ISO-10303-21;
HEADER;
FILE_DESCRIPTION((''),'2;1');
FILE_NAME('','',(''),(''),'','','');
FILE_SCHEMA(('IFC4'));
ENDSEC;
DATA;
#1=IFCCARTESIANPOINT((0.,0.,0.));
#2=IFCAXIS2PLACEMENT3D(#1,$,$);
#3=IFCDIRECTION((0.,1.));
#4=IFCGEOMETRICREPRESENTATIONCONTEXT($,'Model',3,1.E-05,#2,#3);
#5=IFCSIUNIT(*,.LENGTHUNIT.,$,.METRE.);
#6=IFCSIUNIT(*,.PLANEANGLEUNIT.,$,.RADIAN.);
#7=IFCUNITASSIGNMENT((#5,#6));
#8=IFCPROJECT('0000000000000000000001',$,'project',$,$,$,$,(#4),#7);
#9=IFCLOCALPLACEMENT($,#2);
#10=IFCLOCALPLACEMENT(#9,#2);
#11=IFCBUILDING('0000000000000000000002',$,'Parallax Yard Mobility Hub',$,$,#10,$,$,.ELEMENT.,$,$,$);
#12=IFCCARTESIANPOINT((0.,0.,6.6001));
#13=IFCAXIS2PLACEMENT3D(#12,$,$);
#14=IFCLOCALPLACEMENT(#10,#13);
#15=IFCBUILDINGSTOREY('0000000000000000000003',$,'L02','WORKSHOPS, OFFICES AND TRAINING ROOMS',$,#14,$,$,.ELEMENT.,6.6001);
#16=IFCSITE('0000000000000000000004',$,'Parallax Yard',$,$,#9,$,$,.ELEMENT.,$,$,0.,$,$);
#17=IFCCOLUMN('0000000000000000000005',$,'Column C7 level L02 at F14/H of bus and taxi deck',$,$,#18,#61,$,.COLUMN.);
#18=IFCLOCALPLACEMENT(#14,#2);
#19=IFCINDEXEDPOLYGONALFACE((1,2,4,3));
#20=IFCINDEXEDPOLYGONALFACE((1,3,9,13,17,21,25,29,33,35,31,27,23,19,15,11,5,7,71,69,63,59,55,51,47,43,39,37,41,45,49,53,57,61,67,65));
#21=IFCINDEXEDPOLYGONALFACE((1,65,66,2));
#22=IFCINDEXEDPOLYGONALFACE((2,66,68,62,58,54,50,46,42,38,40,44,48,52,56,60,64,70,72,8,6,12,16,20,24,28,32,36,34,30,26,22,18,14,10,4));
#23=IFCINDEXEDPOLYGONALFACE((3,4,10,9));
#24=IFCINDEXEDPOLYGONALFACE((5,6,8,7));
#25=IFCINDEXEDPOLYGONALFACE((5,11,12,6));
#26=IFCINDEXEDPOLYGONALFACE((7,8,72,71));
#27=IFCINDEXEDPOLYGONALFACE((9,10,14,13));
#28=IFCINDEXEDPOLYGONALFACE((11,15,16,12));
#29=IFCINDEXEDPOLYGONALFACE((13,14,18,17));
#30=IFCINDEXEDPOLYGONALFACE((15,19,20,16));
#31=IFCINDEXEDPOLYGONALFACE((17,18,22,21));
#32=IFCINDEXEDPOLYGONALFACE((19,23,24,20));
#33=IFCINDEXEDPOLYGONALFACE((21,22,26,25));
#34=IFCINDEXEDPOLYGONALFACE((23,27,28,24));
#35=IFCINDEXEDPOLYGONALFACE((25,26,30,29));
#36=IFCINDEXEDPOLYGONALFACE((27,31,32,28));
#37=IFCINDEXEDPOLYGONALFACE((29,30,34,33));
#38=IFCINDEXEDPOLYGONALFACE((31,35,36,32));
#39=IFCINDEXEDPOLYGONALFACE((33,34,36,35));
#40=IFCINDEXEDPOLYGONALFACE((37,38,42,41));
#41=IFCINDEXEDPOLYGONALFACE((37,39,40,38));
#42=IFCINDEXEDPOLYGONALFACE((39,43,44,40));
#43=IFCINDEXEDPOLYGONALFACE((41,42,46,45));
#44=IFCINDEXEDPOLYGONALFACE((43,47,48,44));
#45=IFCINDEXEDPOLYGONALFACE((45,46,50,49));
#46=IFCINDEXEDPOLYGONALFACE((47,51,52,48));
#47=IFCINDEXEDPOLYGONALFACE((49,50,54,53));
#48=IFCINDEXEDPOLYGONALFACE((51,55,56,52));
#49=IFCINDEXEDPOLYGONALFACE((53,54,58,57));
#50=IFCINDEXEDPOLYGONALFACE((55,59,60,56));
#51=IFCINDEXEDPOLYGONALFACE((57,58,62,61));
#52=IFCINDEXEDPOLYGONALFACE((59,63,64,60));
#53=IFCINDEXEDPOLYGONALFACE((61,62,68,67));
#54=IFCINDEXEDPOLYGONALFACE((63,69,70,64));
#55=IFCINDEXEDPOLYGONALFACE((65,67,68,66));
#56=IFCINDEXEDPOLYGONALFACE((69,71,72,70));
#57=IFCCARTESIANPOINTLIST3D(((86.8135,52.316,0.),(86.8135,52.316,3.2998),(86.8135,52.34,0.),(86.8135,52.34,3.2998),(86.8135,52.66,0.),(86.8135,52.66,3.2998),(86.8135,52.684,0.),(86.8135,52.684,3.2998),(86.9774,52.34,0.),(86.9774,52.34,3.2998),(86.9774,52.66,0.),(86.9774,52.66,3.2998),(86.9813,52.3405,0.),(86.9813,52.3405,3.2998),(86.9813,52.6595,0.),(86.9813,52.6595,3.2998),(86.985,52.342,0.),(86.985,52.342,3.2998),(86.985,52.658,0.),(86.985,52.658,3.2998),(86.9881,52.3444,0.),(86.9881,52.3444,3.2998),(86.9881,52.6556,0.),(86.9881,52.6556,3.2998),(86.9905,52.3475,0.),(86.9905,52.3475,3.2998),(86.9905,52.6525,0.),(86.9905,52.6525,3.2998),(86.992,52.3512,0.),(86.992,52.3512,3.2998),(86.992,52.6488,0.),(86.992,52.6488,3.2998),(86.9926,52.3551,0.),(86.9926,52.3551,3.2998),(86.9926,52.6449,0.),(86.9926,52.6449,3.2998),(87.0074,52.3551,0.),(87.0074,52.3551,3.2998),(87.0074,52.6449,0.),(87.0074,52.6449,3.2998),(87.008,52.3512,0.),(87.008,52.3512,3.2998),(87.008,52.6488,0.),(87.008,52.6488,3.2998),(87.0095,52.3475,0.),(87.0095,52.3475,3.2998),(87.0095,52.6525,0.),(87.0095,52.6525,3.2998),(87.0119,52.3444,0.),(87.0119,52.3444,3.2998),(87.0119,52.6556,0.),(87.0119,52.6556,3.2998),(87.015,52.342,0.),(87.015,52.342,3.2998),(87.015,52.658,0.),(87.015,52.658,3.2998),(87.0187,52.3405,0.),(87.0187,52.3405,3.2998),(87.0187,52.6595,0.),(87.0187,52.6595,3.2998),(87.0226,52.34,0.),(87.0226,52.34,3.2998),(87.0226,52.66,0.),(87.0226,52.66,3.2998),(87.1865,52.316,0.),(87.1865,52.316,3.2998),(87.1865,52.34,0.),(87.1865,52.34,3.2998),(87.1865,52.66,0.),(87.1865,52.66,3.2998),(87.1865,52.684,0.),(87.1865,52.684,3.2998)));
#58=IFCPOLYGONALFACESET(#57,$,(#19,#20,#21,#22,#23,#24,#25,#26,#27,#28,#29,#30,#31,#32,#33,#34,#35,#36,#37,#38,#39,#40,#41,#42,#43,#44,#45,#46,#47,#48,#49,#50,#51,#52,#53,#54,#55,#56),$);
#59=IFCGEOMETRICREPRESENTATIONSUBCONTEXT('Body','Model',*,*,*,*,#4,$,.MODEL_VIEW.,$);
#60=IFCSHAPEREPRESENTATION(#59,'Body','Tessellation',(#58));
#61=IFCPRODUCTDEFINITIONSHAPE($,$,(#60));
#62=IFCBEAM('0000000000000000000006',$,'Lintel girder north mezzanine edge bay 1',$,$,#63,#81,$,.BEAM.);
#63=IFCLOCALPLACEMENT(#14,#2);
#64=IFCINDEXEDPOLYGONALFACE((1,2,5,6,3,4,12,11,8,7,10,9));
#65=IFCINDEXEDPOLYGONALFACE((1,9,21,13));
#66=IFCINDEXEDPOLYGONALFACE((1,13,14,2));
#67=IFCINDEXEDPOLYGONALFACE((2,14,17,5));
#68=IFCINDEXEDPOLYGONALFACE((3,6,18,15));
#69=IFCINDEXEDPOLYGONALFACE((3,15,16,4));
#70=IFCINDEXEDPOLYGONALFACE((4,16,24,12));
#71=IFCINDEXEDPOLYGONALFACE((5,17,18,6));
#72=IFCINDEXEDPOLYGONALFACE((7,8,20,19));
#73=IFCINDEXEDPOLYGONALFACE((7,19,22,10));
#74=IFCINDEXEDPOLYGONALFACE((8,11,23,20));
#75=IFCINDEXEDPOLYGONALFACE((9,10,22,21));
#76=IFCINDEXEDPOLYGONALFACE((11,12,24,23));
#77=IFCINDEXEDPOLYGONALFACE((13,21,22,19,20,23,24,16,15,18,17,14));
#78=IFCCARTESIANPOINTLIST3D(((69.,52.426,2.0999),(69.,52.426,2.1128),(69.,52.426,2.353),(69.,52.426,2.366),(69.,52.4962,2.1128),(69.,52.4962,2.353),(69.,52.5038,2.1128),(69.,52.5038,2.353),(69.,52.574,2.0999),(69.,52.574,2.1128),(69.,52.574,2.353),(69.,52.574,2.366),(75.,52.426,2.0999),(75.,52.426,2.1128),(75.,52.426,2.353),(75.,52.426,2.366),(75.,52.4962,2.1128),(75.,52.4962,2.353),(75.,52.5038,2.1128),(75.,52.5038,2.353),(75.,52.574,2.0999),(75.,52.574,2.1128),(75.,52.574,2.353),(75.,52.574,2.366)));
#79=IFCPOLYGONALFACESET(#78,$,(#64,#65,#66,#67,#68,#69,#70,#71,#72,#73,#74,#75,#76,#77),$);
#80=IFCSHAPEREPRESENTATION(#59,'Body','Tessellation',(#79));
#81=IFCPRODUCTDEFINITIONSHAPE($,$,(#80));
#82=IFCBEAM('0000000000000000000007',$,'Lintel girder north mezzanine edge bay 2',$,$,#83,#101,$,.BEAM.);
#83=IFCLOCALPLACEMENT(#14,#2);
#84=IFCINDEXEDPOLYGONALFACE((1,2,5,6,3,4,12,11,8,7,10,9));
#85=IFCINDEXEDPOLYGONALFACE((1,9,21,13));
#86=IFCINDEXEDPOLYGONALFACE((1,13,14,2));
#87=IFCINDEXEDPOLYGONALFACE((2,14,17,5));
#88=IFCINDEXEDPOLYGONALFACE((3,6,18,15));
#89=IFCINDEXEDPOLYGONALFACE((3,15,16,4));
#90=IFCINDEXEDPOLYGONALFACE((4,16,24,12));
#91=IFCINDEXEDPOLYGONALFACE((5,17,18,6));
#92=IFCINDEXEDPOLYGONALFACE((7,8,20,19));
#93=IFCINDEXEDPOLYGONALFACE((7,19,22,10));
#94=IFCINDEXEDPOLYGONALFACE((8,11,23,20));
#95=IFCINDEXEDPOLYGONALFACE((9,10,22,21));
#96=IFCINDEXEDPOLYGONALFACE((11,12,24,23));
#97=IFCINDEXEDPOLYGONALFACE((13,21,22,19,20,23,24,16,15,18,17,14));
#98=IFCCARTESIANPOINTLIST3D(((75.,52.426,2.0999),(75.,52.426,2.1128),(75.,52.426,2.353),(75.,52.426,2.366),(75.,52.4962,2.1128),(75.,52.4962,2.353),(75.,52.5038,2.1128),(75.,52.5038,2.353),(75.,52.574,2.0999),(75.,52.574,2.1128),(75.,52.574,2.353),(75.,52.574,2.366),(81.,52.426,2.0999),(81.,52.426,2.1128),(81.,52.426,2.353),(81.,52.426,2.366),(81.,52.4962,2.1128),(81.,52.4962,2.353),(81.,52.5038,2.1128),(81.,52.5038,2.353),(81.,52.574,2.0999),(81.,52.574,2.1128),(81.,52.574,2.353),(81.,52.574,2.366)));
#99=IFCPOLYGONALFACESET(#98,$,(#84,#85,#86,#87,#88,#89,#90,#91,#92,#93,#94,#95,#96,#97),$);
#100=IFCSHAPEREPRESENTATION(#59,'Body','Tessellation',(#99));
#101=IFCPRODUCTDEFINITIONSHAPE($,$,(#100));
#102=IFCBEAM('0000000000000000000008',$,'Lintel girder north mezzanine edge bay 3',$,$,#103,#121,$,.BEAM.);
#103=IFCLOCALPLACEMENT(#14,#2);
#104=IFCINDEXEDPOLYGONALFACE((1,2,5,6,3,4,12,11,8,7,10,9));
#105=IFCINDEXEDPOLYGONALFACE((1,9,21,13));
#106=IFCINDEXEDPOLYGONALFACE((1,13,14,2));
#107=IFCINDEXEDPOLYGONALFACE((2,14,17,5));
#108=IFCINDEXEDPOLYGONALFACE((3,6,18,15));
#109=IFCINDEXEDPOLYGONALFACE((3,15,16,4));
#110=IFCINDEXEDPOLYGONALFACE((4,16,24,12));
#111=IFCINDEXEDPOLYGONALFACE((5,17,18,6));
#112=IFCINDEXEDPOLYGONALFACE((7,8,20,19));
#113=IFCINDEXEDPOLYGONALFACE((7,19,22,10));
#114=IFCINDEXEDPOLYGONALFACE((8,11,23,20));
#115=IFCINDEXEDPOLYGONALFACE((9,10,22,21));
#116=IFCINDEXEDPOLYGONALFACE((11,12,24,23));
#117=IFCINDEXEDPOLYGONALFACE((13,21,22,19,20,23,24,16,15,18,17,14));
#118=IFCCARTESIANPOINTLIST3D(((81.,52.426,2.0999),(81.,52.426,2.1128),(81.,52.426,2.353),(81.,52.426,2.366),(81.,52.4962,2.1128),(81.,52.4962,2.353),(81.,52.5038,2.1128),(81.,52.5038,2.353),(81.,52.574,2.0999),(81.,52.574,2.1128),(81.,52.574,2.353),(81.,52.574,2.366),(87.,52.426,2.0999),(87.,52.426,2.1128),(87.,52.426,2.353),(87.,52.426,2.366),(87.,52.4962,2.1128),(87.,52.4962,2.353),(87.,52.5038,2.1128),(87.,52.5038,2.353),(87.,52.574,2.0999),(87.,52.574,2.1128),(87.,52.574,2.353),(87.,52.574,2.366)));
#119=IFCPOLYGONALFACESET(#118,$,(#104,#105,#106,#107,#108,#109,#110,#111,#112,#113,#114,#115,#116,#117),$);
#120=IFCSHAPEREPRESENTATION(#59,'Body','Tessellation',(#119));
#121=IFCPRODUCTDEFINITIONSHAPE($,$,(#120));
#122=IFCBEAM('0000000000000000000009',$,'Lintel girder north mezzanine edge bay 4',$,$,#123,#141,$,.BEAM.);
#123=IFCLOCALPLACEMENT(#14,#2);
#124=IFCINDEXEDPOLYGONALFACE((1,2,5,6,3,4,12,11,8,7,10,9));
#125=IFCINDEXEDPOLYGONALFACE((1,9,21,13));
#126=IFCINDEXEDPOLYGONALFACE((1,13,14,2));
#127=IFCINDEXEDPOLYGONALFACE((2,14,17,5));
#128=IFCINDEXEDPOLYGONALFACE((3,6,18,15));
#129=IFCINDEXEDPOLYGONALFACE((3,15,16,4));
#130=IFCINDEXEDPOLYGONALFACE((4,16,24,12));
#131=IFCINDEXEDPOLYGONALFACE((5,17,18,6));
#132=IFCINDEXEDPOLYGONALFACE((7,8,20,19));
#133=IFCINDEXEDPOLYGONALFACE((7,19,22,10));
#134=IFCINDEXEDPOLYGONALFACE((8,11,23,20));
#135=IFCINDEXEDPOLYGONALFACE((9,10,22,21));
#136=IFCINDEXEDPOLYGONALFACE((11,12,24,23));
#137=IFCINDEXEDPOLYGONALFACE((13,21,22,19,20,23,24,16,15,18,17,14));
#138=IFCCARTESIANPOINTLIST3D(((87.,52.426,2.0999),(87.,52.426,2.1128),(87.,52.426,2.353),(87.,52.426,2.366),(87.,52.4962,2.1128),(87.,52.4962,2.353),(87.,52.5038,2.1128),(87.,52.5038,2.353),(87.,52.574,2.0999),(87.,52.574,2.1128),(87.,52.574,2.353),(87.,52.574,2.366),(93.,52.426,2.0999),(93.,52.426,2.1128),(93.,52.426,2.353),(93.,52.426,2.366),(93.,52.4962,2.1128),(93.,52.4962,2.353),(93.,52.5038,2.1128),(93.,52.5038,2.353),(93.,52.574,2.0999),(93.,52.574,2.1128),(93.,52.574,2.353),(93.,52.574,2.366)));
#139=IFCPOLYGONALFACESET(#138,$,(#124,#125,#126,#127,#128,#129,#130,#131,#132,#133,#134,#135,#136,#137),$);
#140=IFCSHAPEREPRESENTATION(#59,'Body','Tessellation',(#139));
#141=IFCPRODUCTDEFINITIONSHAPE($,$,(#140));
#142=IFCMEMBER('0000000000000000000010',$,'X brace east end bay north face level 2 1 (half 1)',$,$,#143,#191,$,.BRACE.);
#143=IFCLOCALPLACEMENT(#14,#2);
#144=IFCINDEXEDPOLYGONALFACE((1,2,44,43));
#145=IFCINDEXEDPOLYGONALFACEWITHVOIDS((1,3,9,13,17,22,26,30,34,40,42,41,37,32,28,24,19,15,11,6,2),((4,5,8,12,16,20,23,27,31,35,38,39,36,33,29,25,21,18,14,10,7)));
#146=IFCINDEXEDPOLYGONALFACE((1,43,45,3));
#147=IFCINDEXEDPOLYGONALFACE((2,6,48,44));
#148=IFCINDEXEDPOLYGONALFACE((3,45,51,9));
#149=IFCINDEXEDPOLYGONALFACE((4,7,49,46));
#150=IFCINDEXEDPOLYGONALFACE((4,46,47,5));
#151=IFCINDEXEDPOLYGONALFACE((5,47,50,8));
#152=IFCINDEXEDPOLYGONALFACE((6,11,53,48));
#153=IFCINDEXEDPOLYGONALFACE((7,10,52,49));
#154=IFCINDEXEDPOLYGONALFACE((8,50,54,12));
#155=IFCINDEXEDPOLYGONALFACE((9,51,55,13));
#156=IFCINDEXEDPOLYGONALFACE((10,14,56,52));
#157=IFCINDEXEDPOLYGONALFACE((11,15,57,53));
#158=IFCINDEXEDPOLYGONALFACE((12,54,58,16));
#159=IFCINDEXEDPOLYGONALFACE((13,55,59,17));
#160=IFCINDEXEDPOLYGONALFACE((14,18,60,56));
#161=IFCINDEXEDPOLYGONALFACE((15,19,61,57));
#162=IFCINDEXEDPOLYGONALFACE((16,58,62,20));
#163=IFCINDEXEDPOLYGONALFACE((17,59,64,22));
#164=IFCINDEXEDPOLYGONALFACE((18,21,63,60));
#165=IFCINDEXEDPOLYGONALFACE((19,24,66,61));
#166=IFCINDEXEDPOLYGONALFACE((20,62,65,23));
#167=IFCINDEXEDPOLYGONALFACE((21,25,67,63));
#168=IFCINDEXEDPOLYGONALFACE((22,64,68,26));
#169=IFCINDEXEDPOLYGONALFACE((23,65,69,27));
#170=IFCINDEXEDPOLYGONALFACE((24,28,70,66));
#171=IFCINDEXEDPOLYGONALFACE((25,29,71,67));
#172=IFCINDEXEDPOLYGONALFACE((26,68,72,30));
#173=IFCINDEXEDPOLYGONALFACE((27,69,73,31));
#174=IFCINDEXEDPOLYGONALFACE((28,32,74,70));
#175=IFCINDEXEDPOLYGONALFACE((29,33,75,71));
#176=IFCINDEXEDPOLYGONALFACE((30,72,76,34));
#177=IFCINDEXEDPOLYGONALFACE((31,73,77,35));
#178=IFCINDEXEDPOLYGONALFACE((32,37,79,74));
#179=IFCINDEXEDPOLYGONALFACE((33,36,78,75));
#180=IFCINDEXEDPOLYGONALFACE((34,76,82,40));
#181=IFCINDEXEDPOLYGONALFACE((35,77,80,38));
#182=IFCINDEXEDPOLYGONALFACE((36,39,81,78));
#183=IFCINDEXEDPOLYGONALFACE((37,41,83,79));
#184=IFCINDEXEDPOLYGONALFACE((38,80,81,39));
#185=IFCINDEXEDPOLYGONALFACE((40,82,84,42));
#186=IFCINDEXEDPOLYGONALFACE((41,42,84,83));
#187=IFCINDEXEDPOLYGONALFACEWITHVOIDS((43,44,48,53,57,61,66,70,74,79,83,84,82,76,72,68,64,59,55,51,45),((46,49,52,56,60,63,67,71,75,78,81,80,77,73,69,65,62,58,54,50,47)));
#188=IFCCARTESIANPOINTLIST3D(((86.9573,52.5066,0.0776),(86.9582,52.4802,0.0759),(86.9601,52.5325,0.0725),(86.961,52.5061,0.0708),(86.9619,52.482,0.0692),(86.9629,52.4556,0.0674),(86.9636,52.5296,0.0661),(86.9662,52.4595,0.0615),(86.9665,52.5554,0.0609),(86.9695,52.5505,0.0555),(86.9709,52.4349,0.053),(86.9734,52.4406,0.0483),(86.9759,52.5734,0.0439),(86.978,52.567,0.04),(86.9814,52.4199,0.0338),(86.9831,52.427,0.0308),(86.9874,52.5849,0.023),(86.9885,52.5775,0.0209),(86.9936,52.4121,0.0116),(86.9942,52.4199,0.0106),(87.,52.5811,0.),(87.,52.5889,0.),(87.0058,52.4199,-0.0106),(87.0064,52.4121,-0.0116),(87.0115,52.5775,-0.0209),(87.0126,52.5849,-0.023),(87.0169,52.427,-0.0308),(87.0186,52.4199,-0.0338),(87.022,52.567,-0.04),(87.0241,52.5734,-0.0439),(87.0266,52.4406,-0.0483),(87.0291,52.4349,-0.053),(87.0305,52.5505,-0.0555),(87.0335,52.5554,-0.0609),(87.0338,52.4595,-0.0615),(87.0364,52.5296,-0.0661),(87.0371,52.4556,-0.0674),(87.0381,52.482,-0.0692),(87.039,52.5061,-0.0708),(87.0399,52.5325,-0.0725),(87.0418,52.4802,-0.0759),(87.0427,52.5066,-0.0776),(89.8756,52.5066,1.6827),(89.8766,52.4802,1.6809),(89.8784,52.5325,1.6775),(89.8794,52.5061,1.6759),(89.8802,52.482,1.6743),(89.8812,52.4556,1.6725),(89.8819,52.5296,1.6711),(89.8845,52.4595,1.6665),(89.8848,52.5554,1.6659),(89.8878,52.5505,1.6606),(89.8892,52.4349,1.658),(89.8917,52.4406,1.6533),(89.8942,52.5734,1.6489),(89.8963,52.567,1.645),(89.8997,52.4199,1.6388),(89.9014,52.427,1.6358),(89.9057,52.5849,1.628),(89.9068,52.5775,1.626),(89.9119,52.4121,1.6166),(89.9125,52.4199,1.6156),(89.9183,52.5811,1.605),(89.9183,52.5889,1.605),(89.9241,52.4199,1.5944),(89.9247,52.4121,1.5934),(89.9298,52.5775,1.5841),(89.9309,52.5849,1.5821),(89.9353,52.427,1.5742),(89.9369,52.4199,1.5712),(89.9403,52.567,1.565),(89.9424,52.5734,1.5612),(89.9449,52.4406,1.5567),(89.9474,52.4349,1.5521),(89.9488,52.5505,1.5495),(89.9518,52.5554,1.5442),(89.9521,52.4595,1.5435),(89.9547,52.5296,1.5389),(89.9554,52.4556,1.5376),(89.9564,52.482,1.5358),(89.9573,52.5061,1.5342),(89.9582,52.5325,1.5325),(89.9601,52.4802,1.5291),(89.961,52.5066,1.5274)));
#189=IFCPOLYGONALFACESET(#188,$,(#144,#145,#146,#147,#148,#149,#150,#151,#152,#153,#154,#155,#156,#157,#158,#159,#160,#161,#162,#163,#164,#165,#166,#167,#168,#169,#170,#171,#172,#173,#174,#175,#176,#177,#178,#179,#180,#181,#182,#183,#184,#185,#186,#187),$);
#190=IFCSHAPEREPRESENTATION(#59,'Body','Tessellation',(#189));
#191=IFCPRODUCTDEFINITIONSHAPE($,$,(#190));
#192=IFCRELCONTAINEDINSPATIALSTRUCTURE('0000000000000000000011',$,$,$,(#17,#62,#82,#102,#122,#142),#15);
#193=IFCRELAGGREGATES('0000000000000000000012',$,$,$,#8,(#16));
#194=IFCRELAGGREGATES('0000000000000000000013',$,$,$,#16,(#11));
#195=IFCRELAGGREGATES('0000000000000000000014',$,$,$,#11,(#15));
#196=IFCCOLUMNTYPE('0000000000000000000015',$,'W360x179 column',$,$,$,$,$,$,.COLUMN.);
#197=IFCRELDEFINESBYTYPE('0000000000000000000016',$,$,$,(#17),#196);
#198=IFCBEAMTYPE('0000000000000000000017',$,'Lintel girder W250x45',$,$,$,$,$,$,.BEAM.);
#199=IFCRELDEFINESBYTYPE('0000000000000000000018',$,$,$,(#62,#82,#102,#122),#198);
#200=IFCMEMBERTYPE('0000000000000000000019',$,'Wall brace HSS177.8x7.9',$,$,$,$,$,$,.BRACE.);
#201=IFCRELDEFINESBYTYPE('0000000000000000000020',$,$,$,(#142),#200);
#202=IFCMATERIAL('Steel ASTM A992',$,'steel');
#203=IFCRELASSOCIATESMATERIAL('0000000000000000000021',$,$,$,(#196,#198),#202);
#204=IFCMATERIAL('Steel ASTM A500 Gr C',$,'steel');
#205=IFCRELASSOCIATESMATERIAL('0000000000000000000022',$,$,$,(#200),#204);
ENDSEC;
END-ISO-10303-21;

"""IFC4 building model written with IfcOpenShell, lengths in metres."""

from ifc_helpers import new_model, si_unit, direction, frame, origin, origin_2d, place, context, subcontext, project, spatial, hollow_circle, i_section, extrude, material, material_profile, profile_set, type_object, element, save


model = new_model("IFC4")

# Units and contexts
model_context = context("Model", 3, precision=1e-05, world=origin(), true_north=direction((0.0, 1.0)))
body_context = subcontext(model_context, "Body", "Model", "MODEL_VIEW")
ifc_project = project(units=[si_unit("LENGTHUNIT", "METRE"), si_unit("PLANEANGLEUNIT", "RADIAN")], contexts=[model_context])

# Site, building, storey
site_placement = place(None, origin())
site = spatial("IfcSite", under=ifc_project, at=site_placement, Name="Parallax Yard", CompositionType="ELEMENT", RefElevation=0.0)
building_placement = place(site_placement, origin())
building = spatial("IfcBuilding", under=site, at=building_placement, Name="Parallax Yard Mobility Hub", CompositionType="ELEMENT")
storey_placement = place(building_placement, frame((0.0, 0.0, 6.6001)))
storey = spatial("IfcBuildingStorey", under=building, at=storey_placement, Name="L02", Description="WORKSHOPS, OFFICES AND TRAINING ROOMS", CompositionType="ELEMENT", Elevation=6.6001)

# Column
ifc_material_1 = material(Name="Steel ASTM A992", Category="steel")
ifc_material_profile_1 = material_profile(ifc_material_1, i_section(OverallWidth=0.373, OverallDepth=0.3679, WebThickness=0.0149, FlangeThickness=0.0239, FilletRadius=0.0151, at=origin_2d()), Name="W360x179")
ifc_profile_set_1 = profile_set([ifc_material_profile_1], Name="Steel ASTM A992")
column_type = type_object("IfcColumnType", Name="W360x179 column", PredefinedType="COLUMN", material=ifc_profile_set_1)
for number, where, z_axis, x_axis, name in (
    (1, (87.0, 52.5, 0.0), (0.0, 0.0, 1.0), (1.0, 0.0, 0.0), "Column C7 level L02 at F14/H of bus and taxi deck"),
):
    element("IfcColumn", number, at=place(storey_placement, frame(where, z_axis=z_axis, x_axis=x_axis)), inside=storey, type_object=column_type, Name=name, PredefinedType="COLUMN", context=body_context, shape_type="SweptSolid", body=[
        extrude(i_section(OverallWidth=0.373, OverallDepth=0.3679, WebThickness=0.0149, FlangeThickness=0.0239, FilletRadius=0.0151, at=origin_2d()), origin(), (0.0, 0.0, 1.0), 3.2998),
    ])

# Beams
ifc_material_profile_2 = material_profile(ifc_material_1, i_section(OverallWidth=0.1479, OverallDepth=0.2661, WebThickness=0.0076, FlangeThickness=0.0129, at=origin_2d()), Name="W250x45")
ifc_profile_set_2 = profile_set([ifc_material_profile_2], Name="Steel ASTM A992")
beam_type = type_object("IfcBeamType", Name="Lintel girder W250x45", PredefinedType="BEAM", material=ifc_profile_set_2)
for number, where, z_axis, x_axis, name in (
    (2, (69.0, 52.5, 2.2329), (1.0, 0.0, 0.0), (0.0, 1.0, 0.0), "Lintel girder north mezzanine edge bay 1"),
    (3, (75.0, 52.5, 2.2329), (1.0, 0.0, 0.0), (0.0, 1.0, 0.0), "Lintel girder north mezzanine edge bay 2"),
    (4, (81.0, 52.5, 2.2329), (1.0, 0.0, 0.0), (0.0, 1.0, 0.0), "Lintel girder north mezzanine edge bay 3"),
    (5, (87.0, 52.5, 2.2329), (1.0, 0.0, 0.0), (0.0, 1.0, 0.0), "Lintel girder north mezzanine edge bay 4"),
):
    element("IfcBeam", number, at=place(storey_placement, frame(where, z_axis=z_axis, x_axis=x_axis)), inside=storey, type_object=beam_type, Name=name, PredefinedType="BEAM", context=body_context, shape_type="SweptSolid", body=[
        extrude(i_section(OverallWidth=0.1479, OverallDepth=0.2661, WebThickness=0.0076, FlangeThickness=0.0129, at=origin_2d()), origin(), (0.0, 0.0, 1.0), 6.0),
    ])

# Member
ifc_material_2 = material(Name="Steel ASTM A500 Gr C", Category="steel")
ifc_material_profile_3 = material_profile(ifc_material_2, hollow_circle(Radius=0.0889, WallThickness=0.0078, at=origin_2d()), Name="HSS177.8x7.9")
ifc_profile_set_3 = profile_set([ifc_material_profile_3], Name="Steel ASTM A500 Gr C")
member_type = type_object("IfcMemberType", Name="Wall brace HSS177.8x7.9", PredefinedType="BRACE", material=ifc_profile_set_3)
member_placement = place(storey_placement, frame((87.0, 52.5, 0.0), z_axis=(0.876221, 0.0, 0.48191), x_axis=(0.0, 1.0, 0.0)))
element("IfcMember", 6, at=member_placement, inside=storey, type_object=member_type, Name="X brace east end bay north face level 2 1 (half 1)", PredefinedType="BRACE", context=body_context, shape_type="SweptSolid", body=[
    extrude(hollow_circle(Radius=0.0889, WallThickness=0.0078, at=origin_2d()), origin(), (0.0, 0.0, 1.0), 3.3306),
])

save(model, "model.ifc")
